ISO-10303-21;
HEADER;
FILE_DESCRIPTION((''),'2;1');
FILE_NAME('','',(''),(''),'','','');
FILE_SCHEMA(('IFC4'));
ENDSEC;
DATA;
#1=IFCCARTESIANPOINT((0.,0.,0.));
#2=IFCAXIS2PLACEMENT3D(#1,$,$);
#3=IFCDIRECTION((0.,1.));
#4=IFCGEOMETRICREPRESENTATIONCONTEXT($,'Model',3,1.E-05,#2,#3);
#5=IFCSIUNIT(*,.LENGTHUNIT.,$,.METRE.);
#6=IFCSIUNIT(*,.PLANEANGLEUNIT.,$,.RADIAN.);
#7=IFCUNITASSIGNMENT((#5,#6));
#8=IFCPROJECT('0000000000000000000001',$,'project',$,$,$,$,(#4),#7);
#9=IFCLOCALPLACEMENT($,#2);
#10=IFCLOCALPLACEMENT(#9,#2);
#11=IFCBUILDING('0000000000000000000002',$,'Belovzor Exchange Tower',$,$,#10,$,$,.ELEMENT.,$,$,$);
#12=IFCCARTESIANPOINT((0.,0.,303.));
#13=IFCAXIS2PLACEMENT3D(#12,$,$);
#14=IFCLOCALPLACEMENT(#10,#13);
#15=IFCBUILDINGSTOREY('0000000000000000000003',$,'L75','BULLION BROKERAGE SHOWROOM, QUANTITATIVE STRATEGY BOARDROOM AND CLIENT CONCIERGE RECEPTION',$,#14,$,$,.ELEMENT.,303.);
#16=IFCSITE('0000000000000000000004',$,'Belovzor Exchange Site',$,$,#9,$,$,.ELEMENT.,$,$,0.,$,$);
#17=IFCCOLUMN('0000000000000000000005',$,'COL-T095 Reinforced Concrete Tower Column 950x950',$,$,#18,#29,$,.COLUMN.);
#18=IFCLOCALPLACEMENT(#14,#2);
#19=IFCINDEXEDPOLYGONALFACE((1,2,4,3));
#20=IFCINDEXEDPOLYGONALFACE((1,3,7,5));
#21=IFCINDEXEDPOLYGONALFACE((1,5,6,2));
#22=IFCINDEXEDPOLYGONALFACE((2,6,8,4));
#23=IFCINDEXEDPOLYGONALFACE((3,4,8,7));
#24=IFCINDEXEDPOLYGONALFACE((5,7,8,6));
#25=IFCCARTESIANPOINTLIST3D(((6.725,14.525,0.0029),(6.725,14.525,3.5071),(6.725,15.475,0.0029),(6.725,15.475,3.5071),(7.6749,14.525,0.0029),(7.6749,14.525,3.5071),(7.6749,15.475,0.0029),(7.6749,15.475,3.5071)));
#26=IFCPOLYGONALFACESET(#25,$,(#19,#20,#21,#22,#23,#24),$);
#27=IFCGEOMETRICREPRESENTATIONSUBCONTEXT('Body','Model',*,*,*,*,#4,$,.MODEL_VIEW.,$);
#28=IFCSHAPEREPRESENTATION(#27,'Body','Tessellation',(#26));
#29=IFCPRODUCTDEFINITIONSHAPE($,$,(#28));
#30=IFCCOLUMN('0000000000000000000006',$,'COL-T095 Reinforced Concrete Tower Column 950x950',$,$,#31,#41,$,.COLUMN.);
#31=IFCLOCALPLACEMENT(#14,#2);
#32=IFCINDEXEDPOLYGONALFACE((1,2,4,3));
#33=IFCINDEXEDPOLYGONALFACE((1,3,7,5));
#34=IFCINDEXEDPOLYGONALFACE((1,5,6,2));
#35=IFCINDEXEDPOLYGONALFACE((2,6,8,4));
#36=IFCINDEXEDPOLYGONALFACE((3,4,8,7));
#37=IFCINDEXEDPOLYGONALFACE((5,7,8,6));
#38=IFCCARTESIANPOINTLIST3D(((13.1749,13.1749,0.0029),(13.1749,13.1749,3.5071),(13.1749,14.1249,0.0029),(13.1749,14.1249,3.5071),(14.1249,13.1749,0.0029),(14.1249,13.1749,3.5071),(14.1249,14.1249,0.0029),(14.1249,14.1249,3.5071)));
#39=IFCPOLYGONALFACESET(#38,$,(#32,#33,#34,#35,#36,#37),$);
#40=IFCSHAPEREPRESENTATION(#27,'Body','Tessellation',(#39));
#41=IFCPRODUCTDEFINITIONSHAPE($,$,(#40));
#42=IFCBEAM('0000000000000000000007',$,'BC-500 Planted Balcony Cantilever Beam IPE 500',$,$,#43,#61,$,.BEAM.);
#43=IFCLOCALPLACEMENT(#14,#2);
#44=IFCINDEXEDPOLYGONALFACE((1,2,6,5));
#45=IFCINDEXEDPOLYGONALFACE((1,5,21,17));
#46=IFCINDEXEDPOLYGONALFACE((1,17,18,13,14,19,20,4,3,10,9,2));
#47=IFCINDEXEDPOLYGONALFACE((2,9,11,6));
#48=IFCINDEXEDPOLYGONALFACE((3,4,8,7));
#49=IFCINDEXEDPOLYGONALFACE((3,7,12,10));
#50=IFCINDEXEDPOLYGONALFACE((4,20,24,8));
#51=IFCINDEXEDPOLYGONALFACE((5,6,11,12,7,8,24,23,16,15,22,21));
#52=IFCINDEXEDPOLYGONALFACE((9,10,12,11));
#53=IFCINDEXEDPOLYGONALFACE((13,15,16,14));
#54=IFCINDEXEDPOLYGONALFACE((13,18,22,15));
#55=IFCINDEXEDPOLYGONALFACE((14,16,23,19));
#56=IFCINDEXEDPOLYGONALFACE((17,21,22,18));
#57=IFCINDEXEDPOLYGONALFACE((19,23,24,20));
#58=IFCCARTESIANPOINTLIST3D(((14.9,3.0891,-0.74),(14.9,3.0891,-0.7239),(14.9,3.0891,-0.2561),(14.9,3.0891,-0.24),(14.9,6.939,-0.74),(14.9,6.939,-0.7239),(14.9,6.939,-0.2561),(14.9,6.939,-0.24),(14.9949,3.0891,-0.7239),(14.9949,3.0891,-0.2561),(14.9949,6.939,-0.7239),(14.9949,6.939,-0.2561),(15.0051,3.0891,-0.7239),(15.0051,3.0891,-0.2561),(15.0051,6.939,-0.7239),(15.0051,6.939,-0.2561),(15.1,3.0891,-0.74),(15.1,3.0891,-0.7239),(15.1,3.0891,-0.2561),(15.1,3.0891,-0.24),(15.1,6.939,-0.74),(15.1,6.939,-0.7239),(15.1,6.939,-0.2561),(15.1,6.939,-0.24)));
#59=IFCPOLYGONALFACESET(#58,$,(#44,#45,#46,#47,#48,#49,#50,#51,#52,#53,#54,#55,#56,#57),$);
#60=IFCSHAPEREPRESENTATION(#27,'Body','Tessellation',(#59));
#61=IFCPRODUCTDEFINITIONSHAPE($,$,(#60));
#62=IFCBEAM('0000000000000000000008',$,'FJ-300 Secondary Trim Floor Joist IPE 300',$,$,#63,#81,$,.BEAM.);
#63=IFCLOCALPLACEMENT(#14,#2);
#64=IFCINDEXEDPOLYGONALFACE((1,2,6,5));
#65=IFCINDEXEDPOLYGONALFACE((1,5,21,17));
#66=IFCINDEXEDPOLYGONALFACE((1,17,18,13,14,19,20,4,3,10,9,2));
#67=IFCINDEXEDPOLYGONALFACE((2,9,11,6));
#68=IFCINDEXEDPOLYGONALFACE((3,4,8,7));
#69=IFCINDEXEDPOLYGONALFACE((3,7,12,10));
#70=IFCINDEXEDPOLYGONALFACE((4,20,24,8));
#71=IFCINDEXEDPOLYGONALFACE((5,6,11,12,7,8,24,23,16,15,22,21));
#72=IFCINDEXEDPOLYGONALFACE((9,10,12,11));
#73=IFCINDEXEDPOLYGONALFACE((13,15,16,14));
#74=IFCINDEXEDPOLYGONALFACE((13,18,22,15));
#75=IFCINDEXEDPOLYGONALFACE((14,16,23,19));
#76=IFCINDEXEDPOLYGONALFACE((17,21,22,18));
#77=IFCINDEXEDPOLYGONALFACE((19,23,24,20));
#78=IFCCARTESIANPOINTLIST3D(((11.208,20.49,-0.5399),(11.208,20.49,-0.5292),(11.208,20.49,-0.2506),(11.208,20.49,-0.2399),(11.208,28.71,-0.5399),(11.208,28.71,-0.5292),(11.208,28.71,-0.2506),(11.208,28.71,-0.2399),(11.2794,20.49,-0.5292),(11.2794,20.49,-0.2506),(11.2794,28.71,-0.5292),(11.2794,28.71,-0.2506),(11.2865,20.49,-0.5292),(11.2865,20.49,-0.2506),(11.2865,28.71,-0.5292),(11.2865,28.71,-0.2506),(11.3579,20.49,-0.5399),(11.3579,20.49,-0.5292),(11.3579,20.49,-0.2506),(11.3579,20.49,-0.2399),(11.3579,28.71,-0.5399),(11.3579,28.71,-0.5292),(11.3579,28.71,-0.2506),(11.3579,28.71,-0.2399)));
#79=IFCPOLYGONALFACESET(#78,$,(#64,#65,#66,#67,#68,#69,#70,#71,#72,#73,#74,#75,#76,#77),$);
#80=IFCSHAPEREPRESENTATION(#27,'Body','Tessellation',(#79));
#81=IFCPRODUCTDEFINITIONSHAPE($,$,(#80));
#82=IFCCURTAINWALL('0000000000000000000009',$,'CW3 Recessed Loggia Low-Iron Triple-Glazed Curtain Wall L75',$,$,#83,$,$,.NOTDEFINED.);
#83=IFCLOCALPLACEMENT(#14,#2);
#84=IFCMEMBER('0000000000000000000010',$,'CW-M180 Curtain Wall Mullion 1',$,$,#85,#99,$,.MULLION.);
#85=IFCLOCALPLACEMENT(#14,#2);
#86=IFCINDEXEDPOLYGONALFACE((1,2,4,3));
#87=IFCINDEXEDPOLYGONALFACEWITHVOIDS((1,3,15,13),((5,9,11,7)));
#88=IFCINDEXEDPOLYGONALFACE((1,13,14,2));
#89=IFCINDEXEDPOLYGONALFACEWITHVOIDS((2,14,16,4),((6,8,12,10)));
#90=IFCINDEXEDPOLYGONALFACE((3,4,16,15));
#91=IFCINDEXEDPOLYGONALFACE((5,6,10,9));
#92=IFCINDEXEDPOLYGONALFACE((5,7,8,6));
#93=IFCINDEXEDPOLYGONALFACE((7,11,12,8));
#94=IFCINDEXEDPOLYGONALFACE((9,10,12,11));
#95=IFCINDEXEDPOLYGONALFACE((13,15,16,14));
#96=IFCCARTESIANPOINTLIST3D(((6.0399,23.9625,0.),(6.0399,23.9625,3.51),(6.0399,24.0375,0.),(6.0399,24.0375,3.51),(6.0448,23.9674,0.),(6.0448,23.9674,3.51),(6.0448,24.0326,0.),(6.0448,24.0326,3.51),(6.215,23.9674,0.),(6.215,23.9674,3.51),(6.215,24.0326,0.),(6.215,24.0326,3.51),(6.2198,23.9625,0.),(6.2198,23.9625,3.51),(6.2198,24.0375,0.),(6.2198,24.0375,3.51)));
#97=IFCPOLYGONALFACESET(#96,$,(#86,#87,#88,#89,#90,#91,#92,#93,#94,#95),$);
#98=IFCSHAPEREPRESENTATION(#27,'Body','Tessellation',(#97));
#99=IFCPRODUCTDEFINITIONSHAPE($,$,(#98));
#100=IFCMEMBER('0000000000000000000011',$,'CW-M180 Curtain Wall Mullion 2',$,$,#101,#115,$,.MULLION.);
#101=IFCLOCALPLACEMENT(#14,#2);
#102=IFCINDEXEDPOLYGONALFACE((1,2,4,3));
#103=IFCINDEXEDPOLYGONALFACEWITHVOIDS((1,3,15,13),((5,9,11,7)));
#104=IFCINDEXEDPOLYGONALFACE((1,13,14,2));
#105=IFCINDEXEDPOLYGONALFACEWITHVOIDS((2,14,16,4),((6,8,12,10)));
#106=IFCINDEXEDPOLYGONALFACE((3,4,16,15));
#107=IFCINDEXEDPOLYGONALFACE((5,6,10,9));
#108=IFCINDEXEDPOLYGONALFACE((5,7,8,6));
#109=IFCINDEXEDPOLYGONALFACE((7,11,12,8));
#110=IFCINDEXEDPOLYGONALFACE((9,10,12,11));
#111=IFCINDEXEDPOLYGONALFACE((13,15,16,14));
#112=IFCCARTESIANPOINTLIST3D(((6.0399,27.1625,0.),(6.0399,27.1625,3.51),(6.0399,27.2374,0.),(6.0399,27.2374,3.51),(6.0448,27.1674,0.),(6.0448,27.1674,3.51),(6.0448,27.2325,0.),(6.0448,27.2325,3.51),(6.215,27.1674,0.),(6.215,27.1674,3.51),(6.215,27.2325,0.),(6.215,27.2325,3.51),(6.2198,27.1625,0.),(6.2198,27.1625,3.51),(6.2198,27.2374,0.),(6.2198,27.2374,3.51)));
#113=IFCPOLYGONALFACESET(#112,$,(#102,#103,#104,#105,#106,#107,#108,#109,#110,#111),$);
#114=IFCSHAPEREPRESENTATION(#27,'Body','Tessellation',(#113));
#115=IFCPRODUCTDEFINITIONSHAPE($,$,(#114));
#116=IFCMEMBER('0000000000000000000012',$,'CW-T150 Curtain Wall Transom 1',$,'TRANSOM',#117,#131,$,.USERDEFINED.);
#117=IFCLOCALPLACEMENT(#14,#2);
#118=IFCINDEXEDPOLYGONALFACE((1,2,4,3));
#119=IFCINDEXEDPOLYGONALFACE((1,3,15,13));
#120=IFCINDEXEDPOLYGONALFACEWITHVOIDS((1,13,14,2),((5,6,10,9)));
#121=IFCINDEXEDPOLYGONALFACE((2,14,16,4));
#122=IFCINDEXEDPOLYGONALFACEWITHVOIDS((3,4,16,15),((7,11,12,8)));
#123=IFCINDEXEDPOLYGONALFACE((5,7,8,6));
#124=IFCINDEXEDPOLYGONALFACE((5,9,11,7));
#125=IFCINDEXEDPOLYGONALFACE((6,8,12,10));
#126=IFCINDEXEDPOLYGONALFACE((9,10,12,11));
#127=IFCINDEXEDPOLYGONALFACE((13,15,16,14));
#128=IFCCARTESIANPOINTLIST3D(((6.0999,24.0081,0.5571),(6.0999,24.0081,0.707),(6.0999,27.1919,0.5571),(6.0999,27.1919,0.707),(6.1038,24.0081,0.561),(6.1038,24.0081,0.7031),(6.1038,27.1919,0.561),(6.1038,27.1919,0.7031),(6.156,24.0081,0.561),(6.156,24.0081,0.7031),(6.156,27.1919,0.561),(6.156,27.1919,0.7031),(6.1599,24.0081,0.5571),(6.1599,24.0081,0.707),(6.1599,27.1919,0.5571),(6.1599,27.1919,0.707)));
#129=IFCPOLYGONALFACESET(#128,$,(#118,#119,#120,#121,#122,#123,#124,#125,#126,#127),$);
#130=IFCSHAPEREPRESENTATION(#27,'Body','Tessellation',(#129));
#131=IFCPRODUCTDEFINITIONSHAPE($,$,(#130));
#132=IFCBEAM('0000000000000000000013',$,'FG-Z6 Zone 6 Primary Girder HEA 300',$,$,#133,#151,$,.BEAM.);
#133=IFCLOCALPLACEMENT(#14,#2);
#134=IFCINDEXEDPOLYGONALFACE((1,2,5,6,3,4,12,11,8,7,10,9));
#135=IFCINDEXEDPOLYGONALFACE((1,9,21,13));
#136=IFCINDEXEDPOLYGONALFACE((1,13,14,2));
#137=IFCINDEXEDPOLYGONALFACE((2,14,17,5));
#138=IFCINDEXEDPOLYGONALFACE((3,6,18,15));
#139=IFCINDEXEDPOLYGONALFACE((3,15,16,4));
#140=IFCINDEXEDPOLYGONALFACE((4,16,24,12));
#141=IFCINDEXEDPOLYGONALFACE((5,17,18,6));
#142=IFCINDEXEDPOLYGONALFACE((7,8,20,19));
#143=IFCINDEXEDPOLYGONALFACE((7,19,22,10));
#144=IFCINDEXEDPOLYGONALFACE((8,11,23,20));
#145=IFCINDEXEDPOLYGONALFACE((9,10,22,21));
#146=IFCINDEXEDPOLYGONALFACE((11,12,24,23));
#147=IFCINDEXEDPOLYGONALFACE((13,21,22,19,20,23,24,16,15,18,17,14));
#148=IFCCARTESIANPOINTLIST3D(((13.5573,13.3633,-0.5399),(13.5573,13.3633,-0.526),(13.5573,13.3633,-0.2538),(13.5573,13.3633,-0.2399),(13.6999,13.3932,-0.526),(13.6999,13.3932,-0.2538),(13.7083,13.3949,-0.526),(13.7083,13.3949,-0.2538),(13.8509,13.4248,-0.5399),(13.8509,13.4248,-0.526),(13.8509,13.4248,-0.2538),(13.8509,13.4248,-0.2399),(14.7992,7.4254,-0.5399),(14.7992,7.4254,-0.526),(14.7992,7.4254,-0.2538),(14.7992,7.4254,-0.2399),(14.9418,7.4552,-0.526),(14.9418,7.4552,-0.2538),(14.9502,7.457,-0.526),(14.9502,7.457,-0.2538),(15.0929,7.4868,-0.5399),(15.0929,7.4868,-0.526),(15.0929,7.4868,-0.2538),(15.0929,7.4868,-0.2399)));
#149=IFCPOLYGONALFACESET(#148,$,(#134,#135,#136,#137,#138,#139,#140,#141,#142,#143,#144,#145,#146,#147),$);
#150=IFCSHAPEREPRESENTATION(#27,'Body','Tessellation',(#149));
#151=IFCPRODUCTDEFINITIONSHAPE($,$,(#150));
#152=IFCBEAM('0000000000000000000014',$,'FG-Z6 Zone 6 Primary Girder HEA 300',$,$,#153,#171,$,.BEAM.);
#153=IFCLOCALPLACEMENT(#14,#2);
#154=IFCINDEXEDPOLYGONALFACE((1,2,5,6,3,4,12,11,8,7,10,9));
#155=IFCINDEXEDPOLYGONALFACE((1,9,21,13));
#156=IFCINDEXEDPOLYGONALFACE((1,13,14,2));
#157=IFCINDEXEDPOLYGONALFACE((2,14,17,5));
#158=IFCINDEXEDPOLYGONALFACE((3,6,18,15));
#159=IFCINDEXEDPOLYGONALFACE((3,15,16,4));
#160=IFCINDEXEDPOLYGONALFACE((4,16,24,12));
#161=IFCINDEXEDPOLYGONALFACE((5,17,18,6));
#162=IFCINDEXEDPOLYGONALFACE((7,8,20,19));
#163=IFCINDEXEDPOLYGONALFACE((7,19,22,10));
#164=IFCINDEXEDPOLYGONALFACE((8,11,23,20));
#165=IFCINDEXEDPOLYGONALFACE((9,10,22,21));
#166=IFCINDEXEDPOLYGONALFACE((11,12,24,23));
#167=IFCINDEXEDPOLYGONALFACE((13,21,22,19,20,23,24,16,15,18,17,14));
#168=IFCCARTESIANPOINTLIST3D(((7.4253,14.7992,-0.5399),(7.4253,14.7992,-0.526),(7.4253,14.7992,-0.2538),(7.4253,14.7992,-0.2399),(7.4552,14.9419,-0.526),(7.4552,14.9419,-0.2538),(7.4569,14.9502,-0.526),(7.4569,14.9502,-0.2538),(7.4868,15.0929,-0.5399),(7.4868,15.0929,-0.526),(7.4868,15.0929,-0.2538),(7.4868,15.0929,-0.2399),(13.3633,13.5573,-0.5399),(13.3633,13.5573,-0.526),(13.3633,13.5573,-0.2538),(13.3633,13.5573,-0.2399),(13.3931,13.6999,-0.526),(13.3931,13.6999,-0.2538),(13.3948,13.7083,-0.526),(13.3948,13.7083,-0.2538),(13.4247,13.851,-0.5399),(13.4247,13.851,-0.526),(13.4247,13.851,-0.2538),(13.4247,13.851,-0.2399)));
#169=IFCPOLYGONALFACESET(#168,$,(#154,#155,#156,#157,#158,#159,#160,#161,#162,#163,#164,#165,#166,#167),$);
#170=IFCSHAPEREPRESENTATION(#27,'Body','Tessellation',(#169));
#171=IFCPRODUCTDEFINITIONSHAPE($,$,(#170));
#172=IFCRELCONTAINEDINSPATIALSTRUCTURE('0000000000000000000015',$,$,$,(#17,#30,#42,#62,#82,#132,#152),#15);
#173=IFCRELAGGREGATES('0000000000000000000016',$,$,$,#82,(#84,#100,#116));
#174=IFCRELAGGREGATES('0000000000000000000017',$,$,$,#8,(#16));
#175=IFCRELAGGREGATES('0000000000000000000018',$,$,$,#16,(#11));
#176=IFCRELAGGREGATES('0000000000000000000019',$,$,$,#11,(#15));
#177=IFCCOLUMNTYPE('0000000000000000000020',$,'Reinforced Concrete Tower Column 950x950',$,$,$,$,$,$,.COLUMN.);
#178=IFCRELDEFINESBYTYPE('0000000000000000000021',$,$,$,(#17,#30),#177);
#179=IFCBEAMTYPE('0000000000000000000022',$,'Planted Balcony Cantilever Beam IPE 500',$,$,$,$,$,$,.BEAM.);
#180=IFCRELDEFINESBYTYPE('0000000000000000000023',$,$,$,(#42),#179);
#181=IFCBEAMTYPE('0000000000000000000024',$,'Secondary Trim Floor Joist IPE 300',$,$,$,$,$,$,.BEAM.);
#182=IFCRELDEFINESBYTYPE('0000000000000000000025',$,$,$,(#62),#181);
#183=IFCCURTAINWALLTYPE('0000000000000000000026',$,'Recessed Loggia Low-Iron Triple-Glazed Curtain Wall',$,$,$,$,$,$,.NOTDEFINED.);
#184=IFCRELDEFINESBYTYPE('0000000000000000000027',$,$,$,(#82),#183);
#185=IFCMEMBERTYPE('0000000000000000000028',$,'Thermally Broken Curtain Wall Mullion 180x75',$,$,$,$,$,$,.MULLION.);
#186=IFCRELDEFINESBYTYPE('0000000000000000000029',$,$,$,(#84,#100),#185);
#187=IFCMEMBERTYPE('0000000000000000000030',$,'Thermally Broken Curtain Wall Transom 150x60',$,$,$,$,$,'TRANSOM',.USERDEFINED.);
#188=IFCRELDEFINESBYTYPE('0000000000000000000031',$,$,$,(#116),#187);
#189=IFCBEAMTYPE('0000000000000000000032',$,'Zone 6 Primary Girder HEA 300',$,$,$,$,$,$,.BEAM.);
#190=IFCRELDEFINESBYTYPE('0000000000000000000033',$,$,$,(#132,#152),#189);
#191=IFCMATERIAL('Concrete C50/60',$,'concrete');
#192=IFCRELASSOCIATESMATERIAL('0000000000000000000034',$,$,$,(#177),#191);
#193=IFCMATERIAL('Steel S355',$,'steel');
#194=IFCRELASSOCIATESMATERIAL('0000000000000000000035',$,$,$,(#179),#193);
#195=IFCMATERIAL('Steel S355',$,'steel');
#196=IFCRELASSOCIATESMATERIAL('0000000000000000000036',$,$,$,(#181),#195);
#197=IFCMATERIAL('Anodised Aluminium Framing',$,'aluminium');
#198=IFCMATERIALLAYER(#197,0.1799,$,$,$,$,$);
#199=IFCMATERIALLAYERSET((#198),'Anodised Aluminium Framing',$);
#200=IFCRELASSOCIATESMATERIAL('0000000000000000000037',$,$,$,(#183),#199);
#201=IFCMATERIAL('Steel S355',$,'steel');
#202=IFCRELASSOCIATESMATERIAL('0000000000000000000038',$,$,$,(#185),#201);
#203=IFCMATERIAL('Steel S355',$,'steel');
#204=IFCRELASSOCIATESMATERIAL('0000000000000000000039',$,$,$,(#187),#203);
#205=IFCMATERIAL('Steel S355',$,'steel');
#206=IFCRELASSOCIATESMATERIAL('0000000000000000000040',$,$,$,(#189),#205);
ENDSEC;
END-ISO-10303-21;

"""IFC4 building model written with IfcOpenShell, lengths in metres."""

from ifc_helpers import new_model, si_unit, direction, frame, origin, origin_2d, place, context, subcontext, project, spatial, rectangle, hollow_rectangle, i_section, extrude, material, layer, layer_set, material_profile, profile_set, type_object, element, aggregate, save


model = new_model("IFC4")

# Units and contexts
model_context = context("Model", 3, precision=1e-05, world=origin(), true_north=direction((0.0, 1.0)))
body_context = subcontext(model_context, "Body", "Model", "MODEL_VIEW")
ifc_project = project(units=[si_unit("LENGTHUNIT", "METRE"), si_unit("PLANEANGLEUNIT", "RADIAN")], contexts=[model_context])

# Site, building, storey
site_placement = place(None, origin())
site = spatial("IfcSite", under=ifc_project, at=site_placement, Name="Belovzor Exchange Site", CompositionType="ELEMENT", RefElevation=0.0)
building_placement = place(site_placement, origin())
building = spatial("IfcBuilding", under=site, at=building_placement, Name="Belovzor Exchange Tower", CompositionType="ELEMENT")
storey_placement = place(building_placement, frame((0.0, 0.0, 303.0)))
storey = spatial("IfcBuildingStorey", under=building, at=storey_placement, Name="L75", Description="BULLION BROKERAGE SHOWROOM, QUANTITATIVE STRATEGY BOARDROOM AND CLIENT CONCIERGE RECEPTION", CompositionType="ELEMENT", Elevation=303.0)

# Columns
ifc_material_1 = material(Name="Concrete C50/60", Category="concrete")
ifc_material_profile_1 = material_profile(ifc_material_1, rectangle(XDim=0.95, YDim=0.95, at=origin_2d()))
ifc_profile_set_1 = profile_set([ifc_material_profile_1], Name="Concrete C50/60")
column_type = type_object("IfcColumnType", Name="Reinforced Concrete Tower Column 950x950", PredefinedType="COLUMN", material=ifc_profile_set_1)
for number, where, z_axis, x_axis, name in (
    (1, (7.2, 15.0, 0.0029), (0.0, 0.0, 1.0), (1.0, 0.0, 0.0), "COL-T095 Reinforced Concrete Tower Column 950x950"),
    (2, (13.6499, 13.6499, 0.0029), (0.0, 0.0, 1.0), (1.0, 0.0, 0.0), "COL-T095 Reinforced Concrete Tower Column 950x950"),
):
    element("IfcColumn", number, at=place(storey_placement, frame(where, z_axis=z_axis, x_axis=x_axis)), inside=storey, type_object=column_type, Name=name, PredefinedType="COLUMN", context=body_context, shape_type="SweptSolid", body=[
        extrude(rectangle(XDim=0.95, YDim=0.95, at=origin_2d()), origin(), (0.0, 0.0, 1.0), 3.5042),
    ])

# Beams
ifc_material_2 = material(Name="Steel S355", Category="steel")
ifc_material_profile_2 = material_profile(ifc_material_2, i_section(OverallWidth=0.2, OverallDepth=0.5, WebThickness=0.0103, FlangeThickness=0.0161, at=origin_2d()))
ifc_profile_set_2 = profile_set([ifc_material_profile_2], Name="Steel S355")
beam_type_1 = type_object("IfcBeamType", Name="Planted Balcony Cantilever Beam IPE 500", PredefinedType="BEAM", material=ifc_profile_set_2)
beam_1_placement = place(storey_placement, frame((15.0, 6.939, -0.49), z_axis=(0.0, -1.0, 0.0), x_axis=(1.0, 0.0, 0.0)))
element("IfcBeam", 3, at=beam_1_placement, inside=storey, type_object=beam_type_1, Name="BC-500 Planted Balcony Cantilever Beam IPE 500", PredefinedType="BEAM", context=body_context, shape_type="SweptSolid", body=[
    extrude(i_section(OverallWidth=0.2, OverallDepth=0.5, WebThickness=0.0103, FlangeThickness=0.0161, at=origin_2d()), origin(), (0.0, 0.0, 1.0), 3.8499),
])
ifc_material_3 = material(Name="Steel S355", Category="steel")
ifc_material_profile_3 = material_profile(ifc_material_3, i_section(OverallWidth=0.1499, OverallDepth=0.3, WebThickness=0.0071, FlangeThickness=0.0107, at=origin_2d()))
ifc_profile_set_3 = profile_set([ifc_material_profile_3], Name="Steel S355")
beam_type_2 = type_object("IfcBeamType", Name="Secondary Trim Floor Joist IPE 300", PredefinedType="BEAM", material=ifc_profile_set_3)
beam_2_placement = place(storey_placement, frame((11.283, 20.49, -0.3899), z_axis=(0.0, 1.0, 0.0), x_axis=(-1.0, 0.0, 0.0)))
element("IfcBeam", 4, at=beam_2_placement, inside=storey, type_object=beam_type_2, Name="FJ-300 Secondary Trim Floor Joist IPE 300", PredefinedType="BEAM", context=body_context, shape_type="SweptSolid", body=[
    extrude(i_section(OverallWidth=0.1499, OverallDepth=0.3, WebThickness=0.0071, FlangeThickness=0.0107, at=origin_2d()), origin(), (0.0, 0.0, 1.0), 8.22),
])

# Curtain wall, members
ifc_material_4 = material(Name="Anodised Aluminium Framing", Category="aluminium")
ifc_layer_1 = layer(ifc_material_4, 0.1799)
ifc_layer_set_1 = layer_set([ifc_layer_1], Name="Anodised Aluminium Framing")
curtain_wall_type = type_object("IfcCurtainWallType", Name="Recessed Loggia Low-Iron Triple-Glazed Curtain Wall", PredefinedType="NOTDEFINED", material=ifc_layer_set_1)
curtain_wall_placement = place(storey_placement, origin())
curtain_wall = element("IfcCurtainWall", 5, at=curtain_wall_placement, inside=storey, type_object=curtain_wall_type, Name="CW3 Recessed Loggia Low-Iron Triple-Glazed Curtain Wall L75", PredefinedType="NOTDEFINED")
ifc_material_5 = material(Name="Steel S355", Category="steel")
ifc_material_profile_4 = material_profile(ifc_material_5, hollow_rectangle(XDim=0.075, YDim=0.1799, WallThickness=0.0049, at=origin_2d()))
ifc_profile_set_4 = profile_set([ifc_material_profile_4], Name="Steel S355")
member_type_1 = type_object("IfcMemberType", Name="Thermally Broken Curtain Wall Mullion 180x75", PredefinedType="MULLION", material=ifc_profile_set_4)
member_1_placement = place(storey_placement, frame((6.1299, 24.0, 0.0), z_axis=(0.0, 0.0, 1.0), x_axis=(0.0, 1.0, 0.0)))
member_1 = element("IfcMember", 6, at=member_1_placement, type_object=member_type_1, Name="CW-M180 Curtain Wall Mullion 1", PredefinedType="MULLION", context=body_context, shape_type="SweptSolid", body=[
    extrude(hollow_rectangle(XDim=0.075, YDim=0.1799, WallThickness=0.0049, at=origin_2d()), origin(), (0.0, 0.0, 1.0), 3.51),
])
member_2_placement = place(storey_placement, frame((6.1299, 27.2, 0.0), z_axis=(0.0, 0.0, 1.0), x_axis=(0.0, 1.0, 0.0)))
member_2 = element("IfcMember", 7, at=member_2_placement, type_object=member_type_1, Name="CW-M180 Curtain Wall Mullion 2", PredefinedType="MULLION", context=body_context, shape_type="SweptSolid", body=[
    extrude(hollow_rectangle(XDim=0.075, YDim=0.1799, WallThickness=0.0049, at=origin_2d()), origin(), (0.0, 0.0, 1.0), 3.51),
])
ifc_material_6 = material(Name="Steel S355", Category="steel")
ifc_material_profile_5 = material_profile(ifc_material_6, hollow_rectangle(XDim=0.0601, YDim=0.1499, WallThickness=0.0039, at=origin_2d()))
ifc_profile_set_5 = profile_set([ifc_material_profile_5], Name="Steel S355")
member_type_2 = type_object("IfcMemberType", Name="Thermally Broken Curtain Wall Transom 150x60", ElementType="TRANSOM", PredefinedType="USERDEFINED", material=ifc_profile_set_5)
member_3_placement = place(storey_placement, frame((6.1299, 24.0081, 0.6321), z_axis=(0.0, 1.0, 0.0), x_axis=(-1.0, 0.0, 0.0)))
member_3 = element("IfcMember", 8, at=member_3_placement, type_object=member_type_2, Name="CW-T150 Curtain Wall Transom 1", ObjectType="TRANSOM", PredefinedType="USERDEFINED", context=body_context, shape_type="SweptSolid", body=[
    extrude(hollow_rectangle(XDim=0.0601, YDim=0.1499, WallThickness=0.0039, at=origin_2d()), origin(), (0.0, 0.0, 1.0), 3.1838),
])

# Beams
ifc_material_7 = material(Name="Steel S355", Category="steel")
ifc_material_profile_6 = material_profile(ifc_material_7, i_section(OverallWidth=0.3, OverallDepth=0.3, WebThickness=0.0085, FlangeThickness=0.0139, at=origin_2d()))
ifc_profile_set_6 = profile_set([ifc_material_profile_6], Name="Steel S355")
beam_type_3 = type_object("IfcBeamType", Name="Zone 6 Primary Girder HEA 300", PredefinedType="BEAM", material=ifc_profile_set_6)
for number, where, z_axis, x_axis, name in (
    (9, (13.7041, 13.394, -0.3899), (0.204722, -0.97882, 0.0), (0.97882, 0.204722, 0.0), "FG-Z6 Zone 6 Primary Girder HEA 300"),
    (10, (7.4561, 14.946, -0.3899), (0.97882, -0.204722, 0.0), (0.204722, 0.97882, 0.0), "FG-Z6 Zone 6 Primary Girder HEA 300"),
):
    element("IfcBeam", number, at=place(storey_placement, frame(where, z_axis=z_axis, x_axis=x_axis)), inside=storey, type_object=beam_type_3, Name=name, PredefinedType="BEAM", context=body_context, shape_type="SweptSolid", body=[
        extrude(i_section(OverallWidth=0.3, OverallDepth=0.3, WebThickness=0.0085, FlangeThickness=0.0139, at=origin_2d()), origin(), (0.0, 0.0, 1.0), 6.0664),
    ])

aggregate(curtain_wall, [member_1, member_2, member_3])

save(model, "model.ifc")
